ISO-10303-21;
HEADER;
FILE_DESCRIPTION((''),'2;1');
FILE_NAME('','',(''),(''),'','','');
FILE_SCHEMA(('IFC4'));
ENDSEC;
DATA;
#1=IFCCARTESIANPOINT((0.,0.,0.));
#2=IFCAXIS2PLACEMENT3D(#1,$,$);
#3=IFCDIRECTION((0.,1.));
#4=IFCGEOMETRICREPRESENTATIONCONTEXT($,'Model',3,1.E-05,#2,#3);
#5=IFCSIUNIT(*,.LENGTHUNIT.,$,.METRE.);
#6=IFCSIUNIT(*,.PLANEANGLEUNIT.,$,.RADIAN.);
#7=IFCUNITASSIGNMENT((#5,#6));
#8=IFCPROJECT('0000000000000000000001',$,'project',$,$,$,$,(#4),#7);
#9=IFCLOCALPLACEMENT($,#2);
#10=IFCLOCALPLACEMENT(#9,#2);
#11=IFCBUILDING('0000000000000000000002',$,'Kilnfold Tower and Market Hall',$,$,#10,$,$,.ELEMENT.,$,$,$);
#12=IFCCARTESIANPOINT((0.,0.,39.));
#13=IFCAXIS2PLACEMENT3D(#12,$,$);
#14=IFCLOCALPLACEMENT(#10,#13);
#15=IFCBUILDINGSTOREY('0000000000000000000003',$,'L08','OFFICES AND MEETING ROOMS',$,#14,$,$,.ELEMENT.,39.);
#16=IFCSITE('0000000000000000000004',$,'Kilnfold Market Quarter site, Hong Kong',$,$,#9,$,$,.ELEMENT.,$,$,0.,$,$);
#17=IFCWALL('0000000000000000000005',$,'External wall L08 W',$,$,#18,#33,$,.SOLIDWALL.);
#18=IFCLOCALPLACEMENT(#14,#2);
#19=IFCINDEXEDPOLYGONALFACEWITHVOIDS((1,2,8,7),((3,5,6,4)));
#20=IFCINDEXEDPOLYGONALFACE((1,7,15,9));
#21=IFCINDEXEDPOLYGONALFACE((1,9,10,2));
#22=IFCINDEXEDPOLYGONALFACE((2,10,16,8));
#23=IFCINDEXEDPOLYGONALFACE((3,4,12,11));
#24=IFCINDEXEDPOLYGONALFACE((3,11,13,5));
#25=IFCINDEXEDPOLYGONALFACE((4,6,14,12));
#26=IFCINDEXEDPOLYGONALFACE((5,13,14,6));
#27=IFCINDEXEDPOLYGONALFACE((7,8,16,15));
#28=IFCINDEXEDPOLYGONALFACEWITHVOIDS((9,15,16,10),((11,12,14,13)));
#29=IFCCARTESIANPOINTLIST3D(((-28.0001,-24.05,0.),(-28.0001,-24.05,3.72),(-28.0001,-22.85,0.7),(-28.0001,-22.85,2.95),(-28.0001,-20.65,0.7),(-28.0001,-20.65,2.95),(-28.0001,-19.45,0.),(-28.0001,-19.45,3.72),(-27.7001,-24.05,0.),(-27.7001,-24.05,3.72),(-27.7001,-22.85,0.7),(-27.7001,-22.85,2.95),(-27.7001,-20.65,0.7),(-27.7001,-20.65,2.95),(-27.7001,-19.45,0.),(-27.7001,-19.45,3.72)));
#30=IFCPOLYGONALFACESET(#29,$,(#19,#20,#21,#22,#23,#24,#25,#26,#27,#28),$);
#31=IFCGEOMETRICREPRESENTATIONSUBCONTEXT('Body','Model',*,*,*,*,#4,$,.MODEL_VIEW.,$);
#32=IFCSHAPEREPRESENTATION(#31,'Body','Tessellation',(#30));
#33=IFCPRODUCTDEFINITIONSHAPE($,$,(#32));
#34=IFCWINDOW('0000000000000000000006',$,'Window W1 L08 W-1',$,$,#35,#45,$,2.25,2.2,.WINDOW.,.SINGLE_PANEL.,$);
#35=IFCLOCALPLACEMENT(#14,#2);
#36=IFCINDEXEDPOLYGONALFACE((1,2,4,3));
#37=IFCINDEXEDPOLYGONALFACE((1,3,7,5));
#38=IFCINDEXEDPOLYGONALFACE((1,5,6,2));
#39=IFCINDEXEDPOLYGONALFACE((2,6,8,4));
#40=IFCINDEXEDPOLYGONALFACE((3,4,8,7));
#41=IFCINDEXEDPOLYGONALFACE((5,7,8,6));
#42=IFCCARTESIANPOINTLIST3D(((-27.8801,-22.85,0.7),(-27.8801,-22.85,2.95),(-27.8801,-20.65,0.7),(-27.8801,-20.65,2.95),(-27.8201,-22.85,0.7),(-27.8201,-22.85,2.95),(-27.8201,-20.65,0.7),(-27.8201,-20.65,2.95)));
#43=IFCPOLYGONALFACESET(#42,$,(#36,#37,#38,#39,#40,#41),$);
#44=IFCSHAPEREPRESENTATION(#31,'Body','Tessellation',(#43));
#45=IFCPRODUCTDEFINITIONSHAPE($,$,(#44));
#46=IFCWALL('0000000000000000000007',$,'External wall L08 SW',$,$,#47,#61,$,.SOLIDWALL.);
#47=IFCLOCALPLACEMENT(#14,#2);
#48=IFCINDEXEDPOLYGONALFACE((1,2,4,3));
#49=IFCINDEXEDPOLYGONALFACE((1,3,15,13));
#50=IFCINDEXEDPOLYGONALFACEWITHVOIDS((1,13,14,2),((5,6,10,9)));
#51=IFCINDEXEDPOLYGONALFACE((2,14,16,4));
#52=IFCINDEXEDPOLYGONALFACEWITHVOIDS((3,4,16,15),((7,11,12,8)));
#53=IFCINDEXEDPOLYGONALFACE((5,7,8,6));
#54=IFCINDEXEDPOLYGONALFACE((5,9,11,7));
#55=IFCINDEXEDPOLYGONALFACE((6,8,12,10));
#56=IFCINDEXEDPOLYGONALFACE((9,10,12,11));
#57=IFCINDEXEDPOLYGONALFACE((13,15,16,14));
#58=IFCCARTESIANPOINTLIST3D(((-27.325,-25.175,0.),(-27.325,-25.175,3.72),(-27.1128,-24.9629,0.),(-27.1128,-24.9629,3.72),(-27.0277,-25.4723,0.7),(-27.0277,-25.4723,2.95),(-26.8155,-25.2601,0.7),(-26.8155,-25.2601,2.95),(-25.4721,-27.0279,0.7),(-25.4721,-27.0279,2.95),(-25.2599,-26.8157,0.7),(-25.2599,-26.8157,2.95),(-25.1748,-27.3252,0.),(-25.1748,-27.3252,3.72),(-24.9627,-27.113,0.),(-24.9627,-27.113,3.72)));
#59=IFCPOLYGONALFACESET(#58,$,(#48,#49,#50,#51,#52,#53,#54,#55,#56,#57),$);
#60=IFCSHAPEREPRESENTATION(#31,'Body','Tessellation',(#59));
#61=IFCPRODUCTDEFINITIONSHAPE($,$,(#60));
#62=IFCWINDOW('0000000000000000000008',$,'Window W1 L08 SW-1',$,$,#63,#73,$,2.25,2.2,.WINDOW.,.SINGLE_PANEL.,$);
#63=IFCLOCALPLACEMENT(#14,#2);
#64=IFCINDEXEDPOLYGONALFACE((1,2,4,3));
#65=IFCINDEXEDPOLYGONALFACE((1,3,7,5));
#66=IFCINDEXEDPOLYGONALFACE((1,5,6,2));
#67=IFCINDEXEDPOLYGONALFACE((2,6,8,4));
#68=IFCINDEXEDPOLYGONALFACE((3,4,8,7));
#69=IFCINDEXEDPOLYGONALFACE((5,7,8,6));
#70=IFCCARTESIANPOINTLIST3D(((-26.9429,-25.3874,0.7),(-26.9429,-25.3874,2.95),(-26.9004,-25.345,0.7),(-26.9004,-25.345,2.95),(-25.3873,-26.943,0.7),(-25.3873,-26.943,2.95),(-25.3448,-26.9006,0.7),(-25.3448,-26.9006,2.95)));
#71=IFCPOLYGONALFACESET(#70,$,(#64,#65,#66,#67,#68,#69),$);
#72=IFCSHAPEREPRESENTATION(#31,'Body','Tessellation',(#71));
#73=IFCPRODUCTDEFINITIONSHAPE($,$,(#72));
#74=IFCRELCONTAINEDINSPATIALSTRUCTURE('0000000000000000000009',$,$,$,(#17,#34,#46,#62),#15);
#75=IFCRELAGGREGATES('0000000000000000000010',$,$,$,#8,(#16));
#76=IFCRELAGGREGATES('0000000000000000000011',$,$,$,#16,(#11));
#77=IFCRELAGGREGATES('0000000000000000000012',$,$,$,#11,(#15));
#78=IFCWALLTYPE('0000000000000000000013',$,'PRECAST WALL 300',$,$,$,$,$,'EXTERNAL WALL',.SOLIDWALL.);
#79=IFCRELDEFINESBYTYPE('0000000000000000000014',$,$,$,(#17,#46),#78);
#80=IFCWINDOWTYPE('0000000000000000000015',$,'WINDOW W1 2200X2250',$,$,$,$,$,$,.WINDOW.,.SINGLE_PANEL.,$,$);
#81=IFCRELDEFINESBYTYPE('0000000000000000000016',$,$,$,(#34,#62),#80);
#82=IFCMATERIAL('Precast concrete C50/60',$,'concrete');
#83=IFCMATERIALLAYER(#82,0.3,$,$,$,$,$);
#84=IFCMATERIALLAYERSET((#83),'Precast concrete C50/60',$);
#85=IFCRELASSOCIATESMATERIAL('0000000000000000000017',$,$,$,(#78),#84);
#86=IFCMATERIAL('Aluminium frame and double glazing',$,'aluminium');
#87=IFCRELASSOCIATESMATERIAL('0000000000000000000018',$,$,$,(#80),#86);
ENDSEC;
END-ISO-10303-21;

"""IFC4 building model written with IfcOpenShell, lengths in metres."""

from ifc_helpers import new_model, si_unit, direction, frame, frame_2d, origin, place, context, subcontext, project, spatial, rectangle, extrude, source, transform, mapped, material, layer, layer_set, type_object, element, fill, save


model = new_model("IFC4")

# Units and contexts
model_context = context("Model", 3, precision=1e-05, world=origin(), true_north=direction((0.0, 1.0)))
body_context = subcontext(model_context, "Body", "Model", "MODEL_VIEW")
ifc_project = project(units=[si_unit("LENGTHUNIT", "METRE"), si_unit("PLANEANGLEUNIT", "RADIAN")], contexts=[model_context])

# Site, building, storey
site_placement = place(None, origin())
site = spatial("IfcSite", under=ifc_project, at=site_placement, Name="Kilnfold Market Quarter site, Hong Kong", CompositionType="ELEMENT", RefElevation=0.0)
building_placement = place(site_placement, origin())
building = spatial("IfcBuilding", under=site, at=building_placement, Name="Kilnfold Tower and Market Hall", CompositionType="ELEMENT")
storey_placement = place(building_placement, frame((0.0, 0.0, 39.0)))
storey = spatial("IfcBuildingStorey", under=building, at=storey_placement, Name="L08", Description="OFFICES AND MEETING ROOMS", CompositionType="ELEMENT", Elevation=39.0)

# Walls, openings, windows
ifc_material_1 = material(Name="Precast concrete C50/60", Category="concrete")
ifc_layer_1 = layer(ifc_material_1, 0.3)
ifc_layer_set_1 = layer_set([ifc_layer_1], Name="Precast concrete C50/60")
wall_type_1 = type_object("IfcWallType", Name="PRECAST WALL 300", ElementType="EXTERNAL WALL", PredefinedType="SOLIDWALL", material=ifc_layer_set_1)
shared_shape_1 = source(origin(), body_context, "Body", "SweptSolid", [
    extrude(rectangle(XDim=4.6001, YDim=0.3, at=frame_2d((2.3, 0.0))), origin(), (0.0, 0.0, 1.0), 3.72),
])
wall_1_placement = place(storey_placement, frame((-27.8501, -19.45, 0.0), z_axis=(0.0, 0.0, 1.0), x_axis=(0.0, -1.0, 0.0)))
wall_1 = element("IfcWall", 1, at=wall_1_placement, inside=storey, type_object=wall_type_1, Name="External wall L08 W", PredefinedType="SOLIDWALL", context=body_context, shape_type="MappedRepresentation", body=[
    mapped(shared_shape_1, transform((0.0, 0.0, 0.0))),
])
opening_1_placement = place(wall_1_placement, frame((1.2, 0.0, 0.7)))
opening_1 = element("IfcOpeningElement", 2, at=opening_1_placement, cuts=wall_1, PredefinedType="OPENING", context=body_context, shape_type="SweptSolid", body=[
    extrude(rectangle(XDim=2.2, YDim=2.25, at=frame_2d((1.1001, 1.125))), frame((0.0, 0.1602, 0.0), z_axis=(0.0, -1.0, 0.0), x_axis=(1.0, 0.0, 0.0)), (0.0, 0.0, 1.0), 0.3201),
])
ifc_material_2 = material(Name="Aluminium frame and double glazing", Category="aluminium")
window_type = type_object("IfcWindowType", Name="WINDOW W1 2200X2250", PartitioningType="SINGLE_PANEL", PredefinedType="WINDOW", material=ifc_material_2)
window_1_placement = place(opening_1_placement, origin())
window_1 = element("IfcWindow", 3, at=window_1_placement, inside=storey, type_object=window_type, Name="Window W1 L08 W-1", OverallHeight=2.25, OverallWidth=2.2, PartitioningType="SINGLE_PANEL", PredefinedType="WINDOW", context=body_context, shape_type="SweptSolid", body=[
    extrude(rectangle(XDim=2.2, YDim=2.25, at=frame_2d((1.1001, 1.125))), frame((0.0, 0.03, 0.0), z_axis=(0.0, -1.0, 0.0), x_axis=(1.0, 0.0, 0.0)), (0.0, 0.0, 1.0), 0.0601),
])
fill(opening_1, window_1)
shared_shape_2 = source(origin(), body_context, "Body", "SweptSolid", [
    extrude(rectangle(XDim=3.0408, YDim=0.3, at=frame_2d((1.5205, 0.0))), origin(), (0.0, 0.0, 1.0), 3.72),
])
wall_2_placement = place(storey_placement, frame((-27.219, -25.0688, 0.0), z_axis=(0.0, 0.0, 1.0), x_axis=(0.707107, -0.707107, 0.0)))
wall_2 = element("IfcWall", 4, at=wall_2_placement, inside=storey, type_object=wall_type_1, Name="External wall L08 SW", PredefinedType="SOLIDWALL", context=body_context, shape_type="MappedRepresentation", body=[
    mapped(shared_shape_2, transform((0.0, 0.0, 0.0))),
])
opening_2_placement = place(wall_2_placement, frame((0.4204, 0.0, 0.7)))
opening_2 = element("IfcOpeningElement", 5, at=opening_2_placement, cuts=wall_2, PredefinedType="OPENING", context=body_context, shape_type="SweptSolid", body=[
    extrude(rectangle(XDim=2.2, YDim=2.25, at=frame_2d((1.1001, 1.125))), frame((0.0, 0.1602, 0.0), z_axis=(0.0, -1.0, 0.0), x_axis=(1.0, 0.0, 0.0)), (0.0, 0.0, 1.0), 0.3201),
])
window_2_placement = place(opening_2_placement, origin())
window_2 = element("IfcWindow", 6, at=window_2_placement, inside=storey, type_object=window_type, Name="Window W1 L08 SW-1", OverallHeight=2.25, OverallWidth=2.2, PartitioningType="SINGLE_PANEL", PredefinedType="WINDOW", context=body_context, shape_type="SweptSolid", body=[
    extrude(rectangle(XDim=2.2, YDim=2.25, at=frame_2d((1.1001, 1.125))), frame((0.0, 0.03, 0.0), z_axis=(0.0, -1.0, 0.0), x_axis=(1.0, 0.0, 0.0)), (0.0, 0.0, 1.0), 0.0601),
])
fill(opening_2, window_2)

save(model, "model.ifc")
